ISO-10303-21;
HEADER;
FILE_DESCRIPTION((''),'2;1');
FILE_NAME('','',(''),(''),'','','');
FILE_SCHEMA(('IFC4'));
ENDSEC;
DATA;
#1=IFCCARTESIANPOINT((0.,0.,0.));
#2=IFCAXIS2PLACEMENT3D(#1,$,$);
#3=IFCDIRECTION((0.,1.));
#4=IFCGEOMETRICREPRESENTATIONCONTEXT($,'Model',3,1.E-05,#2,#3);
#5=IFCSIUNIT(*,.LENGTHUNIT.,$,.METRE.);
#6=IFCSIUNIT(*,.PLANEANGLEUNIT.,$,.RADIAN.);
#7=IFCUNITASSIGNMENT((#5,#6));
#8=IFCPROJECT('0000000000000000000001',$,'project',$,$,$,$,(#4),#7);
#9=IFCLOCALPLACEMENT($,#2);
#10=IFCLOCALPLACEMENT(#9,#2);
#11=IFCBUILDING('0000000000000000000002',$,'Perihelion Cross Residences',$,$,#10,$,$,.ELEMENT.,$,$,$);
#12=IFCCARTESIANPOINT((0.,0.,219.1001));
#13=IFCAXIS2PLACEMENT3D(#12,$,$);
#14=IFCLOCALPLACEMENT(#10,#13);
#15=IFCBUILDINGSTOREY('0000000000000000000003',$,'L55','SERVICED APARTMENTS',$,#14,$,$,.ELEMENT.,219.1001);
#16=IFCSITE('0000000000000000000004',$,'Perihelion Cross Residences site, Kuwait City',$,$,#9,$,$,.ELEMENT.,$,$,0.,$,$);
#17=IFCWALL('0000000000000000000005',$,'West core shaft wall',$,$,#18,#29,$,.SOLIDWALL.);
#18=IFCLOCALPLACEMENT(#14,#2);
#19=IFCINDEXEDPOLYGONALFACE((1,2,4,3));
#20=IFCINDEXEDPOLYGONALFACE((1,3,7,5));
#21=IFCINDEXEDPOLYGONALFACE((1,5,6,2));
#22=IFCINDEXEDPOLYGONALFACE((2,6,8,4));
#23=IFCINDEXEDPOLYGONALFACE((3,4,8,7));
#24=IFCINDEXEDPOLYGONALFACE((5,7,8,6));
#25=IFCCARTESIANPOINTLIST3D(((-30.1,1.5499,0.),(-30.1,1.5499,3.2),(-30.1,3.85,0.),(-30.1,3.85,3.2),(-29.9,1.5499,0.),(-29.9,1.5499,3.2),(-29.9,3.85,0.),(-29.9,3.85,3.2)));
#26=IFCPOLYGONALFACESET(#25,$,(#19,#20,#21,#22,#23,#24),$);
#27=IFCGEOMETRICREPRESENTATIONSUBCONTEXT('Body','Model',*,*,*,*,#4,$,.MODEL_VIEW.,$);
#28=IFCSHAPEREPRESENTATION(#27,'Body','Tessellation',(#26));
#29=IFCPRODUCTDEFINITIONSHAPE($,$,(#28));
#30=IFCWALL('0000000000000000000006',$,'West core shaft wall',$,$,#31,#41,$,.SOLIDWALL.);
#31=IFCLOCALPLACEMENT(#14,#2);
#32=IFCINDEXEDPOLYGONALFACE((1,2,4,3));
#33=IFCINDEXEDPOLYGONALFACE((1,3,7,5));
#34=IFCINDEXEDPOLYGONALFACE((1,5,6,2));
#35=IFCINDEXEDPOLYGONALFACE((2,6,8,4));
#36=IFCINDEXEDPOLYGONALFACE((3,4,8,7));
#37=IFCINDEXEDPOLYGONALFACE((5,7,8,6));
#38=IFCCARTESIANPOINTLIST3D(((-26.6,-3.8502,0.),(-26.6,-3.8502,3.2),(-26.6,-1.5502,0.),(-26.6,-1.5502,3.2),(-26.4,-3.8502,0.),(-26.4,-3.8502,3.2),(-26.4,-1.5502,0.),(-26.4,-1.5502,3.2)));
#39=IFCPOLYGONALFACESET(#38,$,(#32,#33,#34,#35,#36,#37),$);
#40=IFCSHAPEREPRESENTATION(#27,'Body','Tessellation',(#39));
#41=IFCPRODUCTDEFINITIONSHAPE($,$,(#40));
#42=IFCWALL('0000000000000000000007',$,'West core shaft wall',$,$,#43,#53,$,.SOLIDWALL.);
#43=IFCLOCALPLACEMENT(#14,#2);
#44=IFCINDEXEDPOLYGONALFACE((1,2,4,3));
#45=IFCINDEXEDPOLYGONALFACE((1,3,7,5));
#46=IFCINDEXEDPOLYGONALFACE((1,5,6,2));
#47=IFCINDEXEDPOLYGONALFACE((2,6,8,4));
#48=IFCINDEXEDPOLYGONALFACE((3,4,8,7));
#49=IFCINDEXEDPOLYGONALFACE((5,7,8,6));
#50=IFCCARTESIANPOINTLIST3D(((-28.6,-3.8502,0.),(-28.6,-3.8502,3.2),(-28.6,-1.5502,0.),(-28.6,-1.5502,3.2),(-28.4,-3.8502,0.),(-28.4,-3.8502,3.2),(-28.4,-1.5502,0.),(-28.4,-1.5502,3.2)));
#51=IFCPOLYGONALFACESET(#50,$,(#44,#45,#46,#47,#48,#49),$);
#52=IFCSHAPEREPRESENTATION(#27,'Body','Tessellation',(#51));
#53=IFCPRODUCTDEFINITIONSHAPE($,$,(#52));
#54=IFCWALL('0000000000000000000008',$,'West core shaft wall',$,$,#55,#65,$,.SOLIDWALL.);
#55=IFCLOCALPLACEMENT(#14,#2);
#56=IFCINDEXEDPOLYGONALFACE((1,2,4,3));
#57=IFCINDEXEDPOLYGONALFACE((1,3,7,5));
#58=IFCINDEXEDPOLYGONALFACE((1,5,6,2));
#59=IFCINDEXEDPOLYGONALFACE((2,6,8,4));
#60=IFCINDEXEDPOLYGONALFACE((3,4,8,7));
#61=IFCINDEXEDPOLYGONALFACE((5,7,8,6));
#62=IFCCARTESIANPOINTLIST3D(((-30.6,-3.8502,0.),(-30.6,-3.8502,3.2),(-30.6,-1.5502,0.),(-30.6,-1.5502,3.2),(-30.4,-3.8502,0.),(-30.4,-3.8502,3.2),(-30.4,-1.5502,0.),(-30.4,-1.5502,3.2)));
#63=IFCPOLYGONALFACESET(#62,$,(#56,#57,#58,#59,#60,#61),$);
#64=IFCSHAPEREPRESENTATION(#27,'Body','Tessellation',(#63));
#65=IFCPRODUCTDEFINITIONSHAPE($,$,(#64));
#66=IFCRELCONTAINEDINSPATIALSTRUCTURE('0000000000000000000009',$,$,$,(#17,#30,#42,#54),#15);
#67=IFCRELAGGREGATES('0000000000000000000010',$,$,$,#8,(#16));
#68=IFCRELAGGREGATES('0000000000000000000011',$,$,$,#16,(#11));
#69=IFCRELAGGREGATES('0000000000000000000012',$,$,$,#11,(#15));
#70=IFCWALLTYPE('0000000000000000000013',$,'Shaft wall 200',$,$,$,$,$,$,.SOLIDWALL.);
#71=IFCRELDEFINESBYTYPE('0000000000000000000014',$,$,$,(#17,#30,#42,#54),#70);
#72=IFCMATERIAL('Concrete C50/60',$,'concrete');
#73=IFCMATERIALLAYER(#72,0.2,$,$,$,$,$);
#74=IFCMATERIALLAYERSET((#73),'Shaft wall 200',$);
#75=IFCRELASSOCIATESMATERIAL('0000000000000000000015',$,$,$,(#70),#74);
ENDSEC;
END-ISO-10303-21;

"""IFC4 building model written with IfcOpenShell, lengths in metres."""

from ifc_helpers import new_model, si_unit, direction, frame, frame_2d, origin, place, context, subcontext, project, spatial, rectangle, extrude, material, layer, layer_set, type_object, element, save


model = new_model("IFC4")

# Units and contexts
model_context = context("Model", 3, precision=1e-05, world=origin(), true_north=direction((0.0, 1.0)))
body_context = subcontext(model_context, "Body", "Model", "MODEL_VIEW")
ifc_project = project(units=[si_unit("LENGTHUNIT", "METRE"), si_unit("PLANEANGLEUNIT", "RADIAN")], contexts=[model_context])

# Site, building, storey
site_placement = place(None, origin())
site = spatial("IfcSite", under=ifc_project, at=site_placement, Name="Perihelion Cross Residences site, Kuwait City", CompositionType="ELEMENT", RefElevation=0.0)
building_placement = place(site_placement, origin())
building = spatial("IfcBuilding", under=site, at=building_placement, Name="Perihelion Cross Residences", CompositionType="ELEMENT")
storey_placement = place(building_placement, frame((0.0, 0.0, 219.1001)))
storey = spatial("IfcBuildingStorey", under=building, at=storey_placement, Name="L55", Description="SERVICED APARTMENTS", CompositionType="ELEMENT", Elevation=219.1001)

# Shared definitions
ifc_material_1 = material(Name="Concrete C50/60", Category="concrete")
ifc_layer_1 = layer(ifc_material_1, 0.2)
ifc_layer_set_1 = layer_set([ifc_layer_1], Name="Shaft wall 200")
wall_type_1 = type_object("IfcWallType", Name="Shaft wall 200", PredefinedType="SOLIDWALL", material=ifc_layer_set_1)

# Walls
for number, where, z_axis, x_axis, name in (
    (1, (-30.0, 1.55, 0.0), (0.0, 0.0, 1.0), (0.0, 1.0, 0.0), "West core shaft wall"),
    (2, (-26.5, -3.8501, 0.0), (0.0, 0.0, 1.0), (0.0, 1.0, 0.0), "West core shaft wall"),
    (3, (-28.5, -3.8501, 0.0), (0.0, 0.0, 1.0), (0.0, 1.0, 0.0), "West core shaft wall"),
    (4, (-30.5, -3.8501, 0.0), (0.0, 0.0, 1.0), (0.0, 1.0, 0.0), "West core shaft wall"),
):
    element("IfcWall", number, at=place(storey_placement, frame(where, z_axis=z_axis, x_axis=x_axis)), inside=storey, type_object=wall_type_1, Name=name, PredefinedType="SOLIDWALL", context=body_context, shape_type="SweptSolid", body=[
        extrude(rectangle(XDim=2.3, YDim=0.2, at=frame_2d((1.1499, 0.0))), origin(), (0.0, 0.0, 1.0), 3.2),
    ])

save(model, "model.ifc")
